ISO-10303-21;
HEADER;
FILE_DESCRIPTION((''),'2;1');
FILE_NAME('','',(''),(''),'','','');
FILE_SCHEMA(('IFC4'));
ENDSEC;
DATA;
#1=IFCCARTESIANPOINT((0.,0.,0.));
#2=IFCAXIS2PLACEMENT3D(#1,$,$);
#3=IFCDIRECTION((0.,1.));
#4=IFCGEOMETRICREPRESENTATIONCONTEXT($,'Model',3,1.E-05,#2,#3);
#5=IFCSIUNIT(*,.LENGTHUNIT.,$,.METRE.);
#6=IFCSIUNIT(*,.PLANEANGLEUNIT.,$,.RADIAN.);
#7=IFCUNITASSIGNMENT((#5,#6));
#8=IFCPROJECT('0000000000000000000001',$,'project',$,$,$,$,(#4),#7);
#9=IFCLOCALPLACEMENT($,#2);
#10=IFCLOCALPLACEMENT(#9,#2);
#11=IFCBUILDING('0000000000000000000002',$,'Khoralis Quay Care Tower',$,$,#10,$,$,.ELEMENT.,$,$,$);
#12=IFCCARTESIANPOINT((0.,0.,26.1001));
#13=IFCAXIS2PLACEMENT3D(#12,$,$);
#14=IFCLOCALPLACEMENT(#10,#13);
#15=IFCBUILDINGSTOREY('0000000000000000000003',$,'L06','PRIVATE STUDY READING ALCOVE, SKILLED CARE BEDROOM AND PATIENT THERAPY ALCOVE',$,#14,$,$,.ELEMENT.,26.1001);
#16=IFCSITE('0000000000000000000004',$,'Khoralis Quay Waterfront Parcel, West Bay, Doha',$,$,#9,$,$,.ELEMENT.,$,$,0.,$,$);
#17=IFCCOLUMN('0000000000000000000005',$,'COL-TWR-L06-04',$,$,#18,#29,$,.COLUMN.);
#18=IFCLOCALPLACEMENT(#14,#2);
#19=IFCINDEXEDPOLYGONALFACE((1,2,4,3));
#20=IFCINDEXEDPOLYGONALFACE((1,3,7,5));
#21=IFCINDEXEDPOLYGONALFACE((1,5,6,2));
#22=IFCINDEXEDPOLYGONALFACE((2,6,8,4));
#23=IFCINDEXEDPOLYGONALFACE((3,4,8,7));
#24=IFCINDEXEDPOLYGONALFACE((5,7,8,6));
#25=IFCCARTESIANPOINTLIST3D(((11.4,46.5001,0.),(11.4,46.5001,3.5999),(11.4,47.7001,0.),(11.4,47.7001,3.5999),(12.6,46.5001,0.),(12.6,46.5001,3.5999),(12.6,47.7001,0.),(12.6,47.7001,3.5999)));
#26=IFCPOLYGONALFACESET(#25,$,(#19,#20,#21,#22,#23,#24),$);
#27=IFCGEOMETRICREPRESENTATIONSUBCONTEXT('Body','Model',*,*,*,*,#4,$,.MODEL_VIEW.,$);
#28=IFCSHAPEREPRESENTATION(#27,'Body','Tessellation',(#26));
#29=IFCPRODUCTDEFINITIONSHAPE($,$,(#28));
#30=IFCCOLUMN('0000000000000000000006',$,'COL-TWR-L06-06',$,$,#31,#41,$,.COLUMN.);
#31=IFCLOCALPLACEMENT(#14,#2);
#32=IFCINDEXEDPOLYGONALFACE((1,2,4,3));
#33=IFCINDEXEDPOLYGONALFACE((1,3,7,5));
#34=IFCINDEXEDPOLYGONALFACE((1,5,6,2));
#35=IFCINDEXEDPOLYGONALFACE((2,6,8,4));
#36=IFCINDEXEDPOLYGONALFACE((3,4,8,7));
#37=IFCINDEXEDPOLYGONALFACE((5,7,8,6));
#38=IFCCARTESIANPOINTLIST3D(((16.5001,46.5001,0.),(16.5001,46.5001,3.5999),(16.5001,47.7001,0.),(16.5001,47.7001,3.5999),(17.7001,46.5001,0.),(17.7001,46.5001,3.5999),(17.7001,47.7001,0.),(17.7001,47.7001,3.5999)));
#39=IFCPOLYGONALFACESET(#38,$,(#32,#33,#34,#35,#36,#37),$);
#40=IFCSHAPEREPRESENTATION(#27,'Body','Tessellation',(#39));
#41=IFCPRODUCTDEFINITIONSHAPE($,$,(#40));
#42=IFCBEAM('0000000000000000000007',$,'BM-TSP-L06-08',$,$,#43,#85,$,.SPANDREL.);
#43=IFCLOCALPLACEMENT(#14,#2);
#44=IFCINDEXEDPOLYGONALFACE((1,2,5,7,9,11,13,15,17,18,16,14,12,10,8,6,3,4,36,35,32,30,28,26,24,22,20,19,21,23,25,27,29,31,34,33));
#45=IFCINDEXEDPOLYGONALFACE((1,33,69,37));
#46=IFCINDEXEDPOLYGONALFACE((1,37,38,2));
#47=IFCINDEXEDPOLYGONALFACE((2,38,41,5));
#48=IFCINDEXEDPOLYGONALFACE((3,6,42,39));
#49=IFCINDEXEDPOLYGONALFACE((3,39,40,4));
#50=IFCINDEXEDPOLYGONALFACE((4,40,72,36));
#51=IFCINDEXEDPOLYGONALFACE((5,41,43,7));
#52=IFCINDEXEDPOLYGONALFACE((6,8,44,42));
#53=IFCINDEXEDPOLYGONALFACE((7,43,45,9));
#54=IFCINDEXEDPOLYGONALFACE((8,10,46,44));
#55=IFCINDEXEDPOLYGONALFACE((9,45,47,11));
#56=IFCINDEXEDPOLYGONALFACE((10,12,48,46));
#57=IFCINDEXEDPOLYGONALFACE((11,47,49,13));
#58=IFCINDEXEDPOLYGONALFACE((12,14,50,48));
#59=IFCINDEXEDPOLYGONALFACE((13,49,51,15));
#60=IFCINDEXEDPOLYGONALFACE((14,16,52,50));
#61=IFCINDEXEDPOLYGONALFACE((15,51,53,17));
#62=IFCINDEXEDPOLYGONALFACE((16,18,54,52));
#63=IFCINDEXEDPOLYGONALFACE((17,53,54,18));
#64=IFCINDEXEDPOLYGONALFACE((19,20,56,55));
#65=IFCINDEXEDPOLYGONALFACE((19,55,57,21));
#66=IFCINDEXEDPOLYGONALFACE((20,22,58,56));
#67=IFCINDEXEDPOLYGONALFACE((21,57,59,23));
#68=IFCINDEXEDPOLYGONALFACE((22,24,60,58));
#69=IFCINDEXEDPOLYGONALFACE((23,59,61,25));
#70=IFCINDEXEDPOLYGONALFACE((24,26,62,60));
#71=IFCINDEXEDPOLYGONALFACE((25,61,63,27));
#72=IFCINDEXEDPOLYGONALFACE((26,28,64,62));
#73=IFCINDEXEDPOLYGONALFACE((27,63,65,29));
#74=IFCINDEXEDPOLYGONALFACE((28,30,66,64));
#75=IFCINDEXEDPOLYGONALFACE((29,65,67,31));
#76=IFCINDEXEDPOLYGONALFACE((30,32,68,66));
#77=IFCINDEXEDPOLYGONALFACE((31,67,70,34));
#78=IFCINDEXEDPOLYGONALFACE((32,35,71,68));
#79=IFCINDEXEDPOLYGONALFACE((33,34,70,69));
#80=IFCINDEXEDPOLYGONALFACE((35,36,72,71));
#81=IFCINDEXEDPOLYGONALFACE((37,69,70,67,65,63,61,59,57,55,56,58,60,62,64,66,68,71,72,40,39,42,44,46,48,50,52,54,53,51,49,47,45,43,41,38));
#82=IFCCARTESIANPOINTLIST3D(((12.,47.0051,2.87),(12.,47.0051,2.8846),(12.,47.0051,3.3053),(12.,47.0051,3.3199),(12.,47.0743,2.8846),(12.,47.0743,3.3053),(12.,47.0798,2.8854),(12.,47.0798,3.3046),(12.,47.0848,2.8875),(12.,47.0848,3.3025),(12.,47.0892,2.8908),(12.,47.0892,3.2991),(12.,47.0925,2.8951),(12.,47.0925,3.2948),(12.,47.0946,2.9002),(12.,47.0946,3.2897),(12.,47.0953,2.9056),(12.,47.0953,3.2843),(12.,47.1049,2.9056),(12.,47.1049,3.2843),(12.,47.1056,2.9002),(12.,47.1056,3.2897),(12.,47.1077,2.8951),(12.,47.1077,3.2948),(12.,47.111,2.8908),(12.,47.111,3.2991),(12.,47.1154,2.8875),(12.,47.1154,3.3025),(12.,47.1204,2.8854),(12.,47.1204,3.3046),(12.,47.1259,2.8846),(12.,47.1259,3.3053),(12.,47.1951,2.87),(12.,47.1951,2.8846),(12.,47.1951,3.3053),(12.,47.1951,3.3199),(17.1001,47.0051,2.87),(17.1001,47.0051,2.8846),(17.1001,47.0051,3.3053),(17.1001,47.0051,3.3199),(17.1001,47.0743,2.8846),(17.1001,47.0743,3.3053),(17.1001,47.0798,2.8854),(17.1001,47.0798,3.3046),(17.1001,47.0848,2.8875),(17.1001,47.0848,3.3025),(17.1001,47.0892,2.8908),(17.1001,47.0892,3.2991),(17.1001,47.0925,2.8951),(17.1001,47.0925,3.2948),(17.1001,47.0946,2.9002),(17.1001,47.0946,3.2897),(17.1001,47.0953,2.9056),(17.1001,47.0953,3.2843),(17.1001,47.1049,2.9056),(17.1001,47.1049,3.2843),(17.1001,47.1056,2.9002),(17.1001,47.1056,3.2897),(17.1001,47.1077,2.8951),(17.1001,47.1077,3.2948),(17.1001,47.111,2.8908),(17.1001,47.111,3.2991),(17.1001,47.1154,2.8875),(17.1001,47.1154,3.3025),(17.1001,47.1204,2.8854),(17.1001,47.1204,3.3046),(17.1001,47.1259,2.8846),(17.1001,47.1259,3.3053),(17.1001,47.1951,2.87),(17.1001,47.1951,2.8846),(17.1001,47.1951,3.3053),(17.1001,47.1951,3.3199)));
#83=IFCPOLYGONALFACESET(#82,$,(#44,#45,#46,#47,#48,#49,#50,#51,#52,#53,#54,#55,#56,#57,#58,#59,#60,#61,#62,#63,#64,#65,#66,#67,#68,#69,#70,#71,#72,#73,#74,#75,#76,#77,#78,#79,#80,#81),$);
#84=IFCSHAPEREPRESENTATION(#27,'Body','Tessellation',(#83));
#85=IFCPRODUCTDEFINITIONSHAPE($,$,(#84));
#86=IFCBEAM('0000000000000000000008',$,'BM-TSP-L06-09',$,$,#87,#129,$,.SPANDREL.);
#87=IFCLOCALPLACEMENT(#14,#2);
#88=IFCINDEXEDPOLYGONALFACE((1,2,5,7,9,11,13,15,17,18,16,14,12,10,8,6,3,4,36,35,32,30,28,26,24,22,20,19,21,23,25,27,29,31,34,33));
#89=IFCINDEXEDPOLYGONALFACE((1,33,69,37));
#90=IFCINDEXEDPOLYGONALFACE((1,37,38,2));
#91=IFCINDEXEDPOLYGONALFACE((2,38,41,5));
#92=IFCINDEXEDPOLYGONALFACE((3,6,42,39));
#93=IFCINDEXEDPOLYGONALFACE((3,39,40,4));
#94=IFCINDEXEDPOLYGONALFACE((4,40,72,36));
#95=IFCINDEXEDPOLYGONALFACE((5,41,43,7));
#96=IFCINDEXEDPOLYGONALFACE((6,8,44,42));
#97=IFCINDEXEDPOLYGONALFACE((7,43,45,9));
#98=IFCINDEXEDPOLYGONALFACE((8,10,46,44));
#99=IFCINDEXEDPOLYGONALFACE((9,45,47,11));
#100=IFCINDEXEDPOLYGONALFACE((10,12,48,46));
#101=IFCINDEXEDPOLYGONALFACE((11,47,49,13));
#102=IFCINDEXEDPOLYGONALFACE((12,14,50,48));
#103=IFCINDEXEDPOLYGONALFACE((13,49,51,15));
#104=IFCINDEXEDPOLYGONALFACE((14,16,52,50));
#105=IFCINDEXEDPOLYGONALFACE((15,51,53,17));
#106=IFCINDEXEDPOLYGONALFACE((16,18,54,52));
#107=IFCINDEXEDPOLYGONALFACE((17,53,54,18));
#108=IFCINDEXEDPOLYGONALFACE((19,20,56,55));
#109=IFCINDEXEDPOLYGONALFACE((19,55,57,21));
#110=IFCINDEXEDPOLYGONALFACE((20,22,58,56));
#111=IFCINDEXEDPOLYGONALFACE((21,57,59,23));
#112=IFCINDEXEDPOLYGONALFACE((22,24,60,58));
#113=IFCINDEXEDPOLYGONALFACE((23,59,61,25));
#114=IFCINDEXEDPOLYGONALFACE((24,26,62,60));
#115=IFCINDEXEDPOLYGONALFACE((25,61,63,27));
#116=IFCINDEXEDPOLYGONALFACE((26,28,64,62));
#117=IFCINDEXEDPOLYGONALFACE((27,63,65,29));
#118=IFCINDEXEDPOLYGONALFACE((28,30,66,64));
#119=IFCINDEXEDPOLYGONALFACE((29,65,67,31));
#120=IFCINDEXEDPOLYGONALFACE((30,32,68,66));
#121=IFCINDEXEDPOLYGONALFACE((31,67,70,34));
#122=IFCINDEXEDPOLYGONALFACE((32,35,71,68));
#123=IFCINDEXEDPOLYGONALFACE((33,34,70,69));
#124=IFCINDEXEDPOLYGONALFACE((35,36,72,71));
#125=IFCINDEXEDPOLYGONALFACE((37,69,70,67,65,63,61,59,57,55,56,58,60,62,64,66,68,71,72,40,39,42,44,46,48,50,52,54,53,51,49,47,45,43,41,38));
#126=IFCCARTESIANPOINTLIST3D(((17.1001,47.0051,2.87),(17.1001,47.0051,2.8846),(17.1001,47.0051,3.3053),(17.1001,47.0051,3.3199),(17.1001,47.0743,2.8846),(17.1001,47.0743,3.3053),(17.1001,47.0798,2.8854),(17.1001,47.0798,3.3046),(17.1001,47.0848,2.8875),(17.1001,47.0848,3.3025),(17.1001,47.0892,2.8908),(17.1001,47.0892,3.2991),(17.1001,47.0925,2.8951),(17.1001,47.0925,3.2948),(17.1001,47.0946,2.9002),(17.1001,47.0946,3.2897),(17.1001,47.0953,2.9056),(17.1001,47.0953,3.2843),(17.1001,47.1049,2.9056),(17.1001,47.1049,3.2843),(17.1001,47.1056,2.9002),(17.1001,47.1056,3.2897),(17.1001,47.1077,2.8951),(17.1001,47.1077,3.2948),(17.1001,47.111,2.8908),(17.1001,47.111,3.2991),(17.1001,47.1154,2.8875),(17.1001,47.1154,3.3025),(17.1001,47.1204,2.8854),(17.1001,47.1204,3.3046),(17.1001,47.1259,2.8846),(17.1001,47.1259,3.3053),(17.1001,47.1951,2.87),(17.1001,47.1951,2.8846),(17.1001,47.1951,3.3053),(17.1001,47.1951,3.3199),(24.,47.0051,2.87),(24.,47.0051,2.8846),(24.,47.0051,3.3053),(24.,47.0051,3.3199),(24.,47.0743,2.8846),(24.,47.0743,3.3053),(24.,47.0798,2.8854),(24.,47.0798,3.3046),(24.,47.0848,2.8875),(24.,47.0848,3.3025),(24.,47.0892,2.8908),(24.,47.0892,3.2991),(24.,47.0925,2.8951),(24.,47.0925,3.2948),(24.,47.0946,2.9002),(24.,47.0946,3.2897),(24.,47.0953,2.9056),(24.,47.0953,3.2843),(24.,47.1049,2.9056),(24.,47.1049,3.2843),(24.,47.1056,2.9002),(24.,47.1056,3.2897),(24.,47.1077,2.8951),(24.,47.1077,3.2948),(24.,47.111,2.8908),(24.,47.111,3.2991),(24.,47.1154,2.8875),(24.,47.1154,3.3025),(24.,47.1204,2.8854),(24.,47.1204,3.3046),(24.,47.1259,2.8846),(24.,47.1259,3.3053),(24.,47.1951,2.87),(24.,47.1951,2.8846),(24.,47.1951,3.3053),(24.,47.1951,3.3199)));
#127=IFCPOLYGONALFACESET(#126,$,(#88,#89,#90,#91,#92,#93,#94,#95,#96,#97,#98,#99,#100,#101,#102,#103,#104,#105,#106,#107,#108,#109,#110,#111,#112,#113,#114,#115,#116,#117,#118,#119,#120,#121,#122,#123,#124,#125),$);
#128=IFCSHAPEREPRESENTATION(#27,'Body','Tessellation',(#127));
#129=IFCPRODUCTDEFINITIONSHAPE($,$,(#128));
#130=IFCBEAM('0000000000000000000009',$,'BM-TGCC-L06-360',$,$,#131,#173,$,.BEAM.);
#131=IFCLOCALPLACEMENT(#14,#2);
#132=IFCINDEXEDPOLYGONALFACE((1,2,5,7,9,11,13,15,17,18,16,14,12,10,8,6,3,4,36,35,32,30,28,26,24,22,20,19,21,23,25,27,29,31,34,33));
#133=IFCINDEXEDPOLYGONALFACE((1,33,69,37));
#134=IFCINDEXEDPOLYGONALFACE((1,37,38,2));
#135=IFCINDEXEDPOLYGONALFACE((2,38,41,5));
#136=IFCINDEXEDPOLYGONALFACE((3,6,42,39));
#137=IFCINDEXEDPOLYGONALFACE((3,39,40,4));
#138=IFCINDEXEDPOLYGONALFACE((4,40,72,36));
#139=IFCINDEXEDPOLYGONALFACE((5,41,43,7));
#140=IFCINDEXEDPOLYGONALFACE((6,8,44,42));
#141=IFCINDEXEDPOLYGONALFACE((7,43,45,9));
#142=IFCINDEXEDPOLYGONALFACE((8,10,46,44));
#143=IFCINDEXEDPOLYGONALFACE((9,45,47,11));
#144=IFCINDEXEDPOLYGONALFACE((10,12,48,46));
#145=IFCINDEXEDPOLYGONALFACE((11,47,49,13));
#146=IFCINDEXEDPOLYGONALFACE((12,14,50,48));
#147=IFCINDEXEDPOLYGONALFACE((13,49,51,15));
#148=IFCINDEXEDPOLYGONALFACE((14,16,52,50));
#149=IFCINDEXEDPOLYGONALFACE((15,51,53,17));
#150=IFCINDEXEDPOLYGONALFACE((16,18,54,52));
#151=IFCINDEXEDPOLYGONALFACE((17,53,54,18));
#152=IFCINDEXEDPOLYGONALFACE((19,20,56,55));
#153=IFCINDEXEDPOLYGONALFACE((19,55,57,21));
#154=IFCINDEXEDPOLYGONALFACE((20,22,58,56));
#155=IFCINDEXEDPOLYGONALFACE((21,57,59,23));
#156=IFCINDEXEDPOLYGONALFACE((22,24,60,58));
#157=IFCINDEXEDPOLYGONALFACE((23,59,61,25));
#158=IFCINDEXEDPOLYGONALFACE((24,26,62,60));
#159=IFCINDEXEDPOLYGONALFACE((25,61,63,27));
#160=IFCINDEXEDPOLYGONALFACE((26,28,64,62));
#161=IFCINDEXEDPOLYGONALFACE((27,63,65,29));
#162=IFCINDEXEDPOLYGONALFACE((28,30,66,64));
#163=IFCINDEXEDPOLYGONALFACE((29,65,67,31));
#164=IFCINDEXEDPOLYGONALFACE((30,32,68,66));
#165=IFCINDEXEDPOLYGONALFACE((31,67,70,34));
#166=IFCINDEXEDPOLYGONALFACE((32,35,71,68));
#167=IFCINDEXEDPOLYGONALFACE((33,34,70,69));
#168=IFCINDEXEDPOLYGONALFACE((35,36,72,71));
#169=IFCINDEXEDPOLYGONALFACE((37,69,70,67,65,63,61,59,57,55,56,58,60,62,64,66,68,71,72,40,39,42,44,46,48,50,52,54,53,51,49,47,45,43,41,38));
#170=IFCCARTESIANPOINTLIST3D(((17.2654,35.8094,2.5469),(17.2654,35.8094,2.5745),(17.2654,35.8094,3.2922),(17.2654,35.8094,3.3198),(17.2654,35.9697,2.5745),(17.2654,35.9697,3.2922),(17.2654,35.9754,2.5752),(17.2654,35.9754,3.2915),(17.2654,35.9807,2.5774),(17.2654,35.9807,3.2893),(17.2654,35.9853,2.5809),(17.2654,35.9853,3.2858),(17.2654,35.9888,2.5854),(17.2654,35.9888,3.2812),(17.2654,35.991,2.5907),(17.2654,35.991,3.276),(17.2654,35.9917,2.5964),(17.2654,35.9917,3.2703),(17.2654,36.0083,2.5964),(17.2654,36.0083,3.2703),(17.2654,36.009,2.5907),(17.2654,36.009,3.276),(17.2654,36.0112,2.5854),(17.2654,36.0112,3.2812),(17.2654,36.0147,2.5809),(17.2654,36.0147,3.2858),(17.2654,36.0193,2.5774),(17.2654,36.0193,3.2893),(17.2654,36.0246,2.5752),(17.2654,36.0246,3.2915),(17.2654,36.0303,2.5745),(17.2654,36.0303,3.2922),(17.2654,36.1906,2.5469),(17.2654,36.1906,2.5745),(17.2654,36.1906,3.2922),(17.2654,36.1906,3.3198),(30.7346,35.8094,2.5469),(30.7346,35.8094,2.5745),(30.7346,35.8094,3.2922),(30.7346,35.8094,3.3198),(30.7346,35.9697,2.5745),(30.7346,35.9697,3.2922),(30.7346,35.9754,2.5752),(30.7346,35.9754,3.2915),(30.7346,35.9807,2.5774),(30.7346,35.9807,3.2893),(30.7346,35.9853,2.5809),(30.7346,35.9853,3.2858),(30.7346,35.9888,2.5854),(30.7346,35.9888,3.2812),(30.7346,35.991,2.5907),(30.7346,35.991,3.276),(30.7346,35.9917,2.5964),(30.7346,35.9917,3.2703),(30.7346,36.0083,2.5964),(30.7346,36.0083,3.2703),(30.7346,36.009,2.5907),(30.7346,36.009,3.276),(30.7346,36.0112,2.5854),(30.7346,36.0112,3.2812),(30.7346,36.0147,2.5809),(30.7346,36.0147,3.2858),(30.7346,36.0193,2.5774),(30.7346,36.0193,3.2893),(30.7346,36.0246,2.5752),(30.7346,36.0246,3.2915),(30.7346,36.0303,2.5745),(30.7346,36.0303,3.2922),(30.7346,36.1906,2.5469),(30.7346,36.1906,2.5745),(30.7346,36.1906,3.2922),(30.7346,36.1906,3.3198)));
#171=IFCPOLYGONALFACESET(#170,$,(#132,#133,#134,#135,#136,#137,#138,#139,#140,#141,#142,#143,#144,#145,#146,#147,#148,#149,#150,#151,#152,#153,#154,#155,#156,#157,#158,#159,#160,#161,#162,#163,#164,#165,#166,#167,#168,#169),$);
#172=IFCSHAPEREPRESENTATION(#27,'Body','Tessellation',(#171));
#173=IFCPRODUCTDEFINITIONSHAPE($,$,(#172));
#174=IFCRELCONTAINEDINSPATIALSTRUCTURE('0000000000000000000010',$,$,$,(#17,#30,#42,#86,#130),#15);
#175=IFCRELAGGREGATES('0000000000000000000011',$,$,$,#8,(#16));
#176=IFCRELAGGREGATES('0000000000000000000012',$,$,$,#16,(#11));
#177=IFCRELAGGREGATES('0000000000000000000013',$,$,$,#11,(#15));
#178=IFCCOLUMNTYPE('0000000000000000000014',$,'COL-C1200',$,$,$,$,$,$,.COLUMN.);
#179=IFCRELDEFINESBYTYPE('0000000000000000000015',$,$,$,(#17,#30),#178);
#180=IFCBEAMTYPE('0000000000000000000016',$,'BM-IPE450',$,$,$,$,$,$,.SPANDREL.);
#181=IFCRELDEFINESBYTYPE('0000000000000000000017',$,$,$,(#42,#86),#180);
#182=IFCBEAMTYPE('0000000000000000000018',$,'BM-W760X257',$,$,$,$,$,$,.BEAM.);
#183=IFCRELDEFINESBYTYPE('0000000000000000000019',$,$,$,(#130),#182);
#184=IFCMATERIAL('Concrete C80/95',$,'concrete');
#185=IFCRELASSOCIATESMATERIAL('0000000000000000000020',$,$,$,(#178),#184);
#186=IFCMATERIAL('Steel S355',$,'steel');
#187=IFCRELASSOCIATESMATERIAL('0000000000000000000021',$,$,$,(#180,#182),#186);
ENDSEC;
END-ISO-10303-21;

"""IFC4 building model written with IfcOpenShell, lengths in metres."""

from ifc_helpers import new_model, si_unit, direction, frame, origin, origin_2d, place, context, subcontext, project, spatial, rectangle, i_section, extrude, source, transform, mapped, material, material_profile, profile_set, type_object, element, save


model = new_model("IFC4")

# Units and contexts
model_context = context("Model", 3, precision=1e-05, world=origin(), true_north=direction((0.0, 1.0)))
body_context = subcontext(model_context, "Body", "Model", "MODEL_VIEW")
ifc_project = project(units=[si_unit("LENGTHUNIT", "METRE"), si_unit("PLANEANGLEUNIT", "RADIAN")], contexts=[model_context])

# Site, building, storey
site_placement = place(None, origin())
site = spatial("IfcSite", under=ifc_project, at=site_placement, Name="Khoralis Quay Waterfront Parcel, West Bay, Doha", CompositionType="ELEMENT", RefElevation=0.0)
building_placement = place(site_placement, origin())
building = spatial("IfcBuilding", under=site, at=building_placement, Name="Khoralis Quay Care Tower", CompositionType="ELEMENT")
storey_placement = place(building_placement, frame((0.0, 0.0, 26.1001)))
storey = spatial("IfcBuildingStorey", under=building, at=storey_placement, Name="L06", Description="PRIVATE STUDY READING ALCOVE, SKILLED CARE BEDROOM AND PATIENT THERAPY ALCOVE", CompositionType="ELEMENT", Elevation=26.1001)

# Columns
ifc_material_1 = material(Name="Concrete C80/95", Category="concrete")
ifc_material_profile_1 = material_profile(ifc_material_1, rectangle(XDim=1.2, YDim=1.2, at=origin_2d()), Name="Concrete C80/95")
ifc_profile_set_1 = profile_set([ifc_material_profile_1], Name="Concrete C80/95")
column_type = type_object("IfcColumnType", Name="COL-C1200", PredefinedType="COLUMN", material=ifc_profile_set_1)
shared_shape_1 = source(origin(), body_context, "Body", "SweptSolid", [
    extrude(rectangle(XDim=1.2, YDim=1.2, at=origin_2d()), origin(), (0.0, 0.0, 1.0), 3.5999),
])
for number, where, z_axis, x_axis, name in (
    (1, (12.0, 47.1001, 0.0), (0.0, 0.0, 1.0), (1.0, 0.0, 0.0), "COL-TWR-L06-04"),
    (2, (17.1001, 47.1001, 0.0), (0.0, 0.0, 1.0), (1.0, 0.0, 0.0), "COL-TWR-L06-06"),
):
    element("IfcColumn", number, at=place(storey_placement, frame(where, z_axis=z_axis, x_axis=x_axis)), inside=storey, type_object=column_type, Name=name, PredefinedType="COLUMN", context=body_context, shape_type="MappedRepresentation", body=[
        mapped(shared_shape_1, transform((0.0, 0.0, 0.0), scale=1.0)),
    ])

# Beams
ifc_material_2 = material(Name="Steel S355", Category="steel")
ifc_material_profile_2 = material_profile(ifc_material_2, i_section(OverallWidth=0.1899, OverallDepth=0.45, WebThickness=0.0095, FlangeThickness=0.0146, FilletRadius=0.021, at=origin_2d()), Name="Steel S355")
ifc_profile_set_2 = profile_set([ifc_material_profile_2], Name="Steel S355")
beam_type_1 = type_object("IfcBeamType", Name="BM-IPE450", PredefinedType="SPANDREL", material=ifc_profile_set_2)
shared_shape_2 = source(origin(), body_context, "Body", "SweptSolid", [
    extrude(i_section(OverallWidth=0.1899, OverallDepth=0.45, WebThickness=0.0095, FlangeThickness=0.0146, FilletRadius=0.021, at=origin_2d()), origin(), (0.0, 0.0, 1.0), 5.1001),
])
beam_1_placement = place(storey_placement, frame((12.0, 47.1001, 3.095), z_axis=(1.0, 0.0, 0.0), x_axis=(0.0, 1.0, 0.0)))
element("IfcBeam", 3, at=beam_1_placement, inside=storey, type_object=beam_type_1, Name="BM-TSP-L06-08", PredefinedType="SPANDREL", context=body_context, shape_type="MappedRepresentation", body=[
    mapped(shared_shape_2, transform((0.0, 0.0, 0.0), scale=1.0)),
])
shared_shape_3 = source(origin(), body_context, "Body", "SweptSolid", [
    extrude(i_section(OverallWidth=0.1899, OverallDepth=0.45, WebThickness=0.0095, FlangeThickness=0.0146, FilletRadius=0.021, at=origin_2d()), origin(), (0.0, 0.0, 1.0), 6.8999),
])
beam_2_placement = place(storey_placement, frame((17.1001, 47.1001, 3.095), z_axis=(1.0, 0.0, 0.0), x_axis=(0.0, 1.0, 0.0)))
element("IfcBeam", 4, at=beam_2_placement, inside=storey, type_object=beam_type_1, Name="BM-TSP-L06-09", PredefinedType="SPANDREL", context=body_context, shape_type="MappedRepresentation", body=[
    mapped(shared_shape_3, transform((0.0, 0.0, 0.0), scale=1.0)),
])
ifc_material_profile_3 = material_profile(ifc_material_2, i_section(OverallWidth=0.3811, OverallDepth=0.7729, WebThickness=0.0166, FlangeThickness=0.0276, FilletRadius=0.022, at=origin_2d()), Name="Steel S355")
ifc_profile_set_3 = profile_set([ifc_material_profile_3], Name="Steel S355")
beam_type_2 = type_object("IfcBeamType", Name="BM-W760X257", PredefinedType="BEAM", material=ifc_profile_set_3)
shared_shape_4 = source(origin(), body_context, "Body", "SweptSolid", [
    extrude(i_section(OverallWidth=0.3811, OverallDepth=0.7729, WebThickness=0.0166, FlangeThickness=0.0276, FilletRadius=0.022, at=origin_2d()), origin(), (0.0, 0.0, 1.0), 13.4692),
])
beam_3_placement = place(storey_placement, frame((17.2654, 36.0, 2.9333), z_axis=(1.0, 0.0, 0.0), x_axis=(0.0, 1.0, 0.0)))
element("IfcBeam", 5, at=beam_3_placement, inside=storey, type_object=beam_type_2, Name="BM-TGCC-L06-360", PredefinedType="BEAM", context=body_context, shape_type="MappedRepresentation", body=[
    mapped(shared_shape_4, transform((0.0, 0.0, 0.0), scale=1.0)),
])

save(model, "model.ifc")
